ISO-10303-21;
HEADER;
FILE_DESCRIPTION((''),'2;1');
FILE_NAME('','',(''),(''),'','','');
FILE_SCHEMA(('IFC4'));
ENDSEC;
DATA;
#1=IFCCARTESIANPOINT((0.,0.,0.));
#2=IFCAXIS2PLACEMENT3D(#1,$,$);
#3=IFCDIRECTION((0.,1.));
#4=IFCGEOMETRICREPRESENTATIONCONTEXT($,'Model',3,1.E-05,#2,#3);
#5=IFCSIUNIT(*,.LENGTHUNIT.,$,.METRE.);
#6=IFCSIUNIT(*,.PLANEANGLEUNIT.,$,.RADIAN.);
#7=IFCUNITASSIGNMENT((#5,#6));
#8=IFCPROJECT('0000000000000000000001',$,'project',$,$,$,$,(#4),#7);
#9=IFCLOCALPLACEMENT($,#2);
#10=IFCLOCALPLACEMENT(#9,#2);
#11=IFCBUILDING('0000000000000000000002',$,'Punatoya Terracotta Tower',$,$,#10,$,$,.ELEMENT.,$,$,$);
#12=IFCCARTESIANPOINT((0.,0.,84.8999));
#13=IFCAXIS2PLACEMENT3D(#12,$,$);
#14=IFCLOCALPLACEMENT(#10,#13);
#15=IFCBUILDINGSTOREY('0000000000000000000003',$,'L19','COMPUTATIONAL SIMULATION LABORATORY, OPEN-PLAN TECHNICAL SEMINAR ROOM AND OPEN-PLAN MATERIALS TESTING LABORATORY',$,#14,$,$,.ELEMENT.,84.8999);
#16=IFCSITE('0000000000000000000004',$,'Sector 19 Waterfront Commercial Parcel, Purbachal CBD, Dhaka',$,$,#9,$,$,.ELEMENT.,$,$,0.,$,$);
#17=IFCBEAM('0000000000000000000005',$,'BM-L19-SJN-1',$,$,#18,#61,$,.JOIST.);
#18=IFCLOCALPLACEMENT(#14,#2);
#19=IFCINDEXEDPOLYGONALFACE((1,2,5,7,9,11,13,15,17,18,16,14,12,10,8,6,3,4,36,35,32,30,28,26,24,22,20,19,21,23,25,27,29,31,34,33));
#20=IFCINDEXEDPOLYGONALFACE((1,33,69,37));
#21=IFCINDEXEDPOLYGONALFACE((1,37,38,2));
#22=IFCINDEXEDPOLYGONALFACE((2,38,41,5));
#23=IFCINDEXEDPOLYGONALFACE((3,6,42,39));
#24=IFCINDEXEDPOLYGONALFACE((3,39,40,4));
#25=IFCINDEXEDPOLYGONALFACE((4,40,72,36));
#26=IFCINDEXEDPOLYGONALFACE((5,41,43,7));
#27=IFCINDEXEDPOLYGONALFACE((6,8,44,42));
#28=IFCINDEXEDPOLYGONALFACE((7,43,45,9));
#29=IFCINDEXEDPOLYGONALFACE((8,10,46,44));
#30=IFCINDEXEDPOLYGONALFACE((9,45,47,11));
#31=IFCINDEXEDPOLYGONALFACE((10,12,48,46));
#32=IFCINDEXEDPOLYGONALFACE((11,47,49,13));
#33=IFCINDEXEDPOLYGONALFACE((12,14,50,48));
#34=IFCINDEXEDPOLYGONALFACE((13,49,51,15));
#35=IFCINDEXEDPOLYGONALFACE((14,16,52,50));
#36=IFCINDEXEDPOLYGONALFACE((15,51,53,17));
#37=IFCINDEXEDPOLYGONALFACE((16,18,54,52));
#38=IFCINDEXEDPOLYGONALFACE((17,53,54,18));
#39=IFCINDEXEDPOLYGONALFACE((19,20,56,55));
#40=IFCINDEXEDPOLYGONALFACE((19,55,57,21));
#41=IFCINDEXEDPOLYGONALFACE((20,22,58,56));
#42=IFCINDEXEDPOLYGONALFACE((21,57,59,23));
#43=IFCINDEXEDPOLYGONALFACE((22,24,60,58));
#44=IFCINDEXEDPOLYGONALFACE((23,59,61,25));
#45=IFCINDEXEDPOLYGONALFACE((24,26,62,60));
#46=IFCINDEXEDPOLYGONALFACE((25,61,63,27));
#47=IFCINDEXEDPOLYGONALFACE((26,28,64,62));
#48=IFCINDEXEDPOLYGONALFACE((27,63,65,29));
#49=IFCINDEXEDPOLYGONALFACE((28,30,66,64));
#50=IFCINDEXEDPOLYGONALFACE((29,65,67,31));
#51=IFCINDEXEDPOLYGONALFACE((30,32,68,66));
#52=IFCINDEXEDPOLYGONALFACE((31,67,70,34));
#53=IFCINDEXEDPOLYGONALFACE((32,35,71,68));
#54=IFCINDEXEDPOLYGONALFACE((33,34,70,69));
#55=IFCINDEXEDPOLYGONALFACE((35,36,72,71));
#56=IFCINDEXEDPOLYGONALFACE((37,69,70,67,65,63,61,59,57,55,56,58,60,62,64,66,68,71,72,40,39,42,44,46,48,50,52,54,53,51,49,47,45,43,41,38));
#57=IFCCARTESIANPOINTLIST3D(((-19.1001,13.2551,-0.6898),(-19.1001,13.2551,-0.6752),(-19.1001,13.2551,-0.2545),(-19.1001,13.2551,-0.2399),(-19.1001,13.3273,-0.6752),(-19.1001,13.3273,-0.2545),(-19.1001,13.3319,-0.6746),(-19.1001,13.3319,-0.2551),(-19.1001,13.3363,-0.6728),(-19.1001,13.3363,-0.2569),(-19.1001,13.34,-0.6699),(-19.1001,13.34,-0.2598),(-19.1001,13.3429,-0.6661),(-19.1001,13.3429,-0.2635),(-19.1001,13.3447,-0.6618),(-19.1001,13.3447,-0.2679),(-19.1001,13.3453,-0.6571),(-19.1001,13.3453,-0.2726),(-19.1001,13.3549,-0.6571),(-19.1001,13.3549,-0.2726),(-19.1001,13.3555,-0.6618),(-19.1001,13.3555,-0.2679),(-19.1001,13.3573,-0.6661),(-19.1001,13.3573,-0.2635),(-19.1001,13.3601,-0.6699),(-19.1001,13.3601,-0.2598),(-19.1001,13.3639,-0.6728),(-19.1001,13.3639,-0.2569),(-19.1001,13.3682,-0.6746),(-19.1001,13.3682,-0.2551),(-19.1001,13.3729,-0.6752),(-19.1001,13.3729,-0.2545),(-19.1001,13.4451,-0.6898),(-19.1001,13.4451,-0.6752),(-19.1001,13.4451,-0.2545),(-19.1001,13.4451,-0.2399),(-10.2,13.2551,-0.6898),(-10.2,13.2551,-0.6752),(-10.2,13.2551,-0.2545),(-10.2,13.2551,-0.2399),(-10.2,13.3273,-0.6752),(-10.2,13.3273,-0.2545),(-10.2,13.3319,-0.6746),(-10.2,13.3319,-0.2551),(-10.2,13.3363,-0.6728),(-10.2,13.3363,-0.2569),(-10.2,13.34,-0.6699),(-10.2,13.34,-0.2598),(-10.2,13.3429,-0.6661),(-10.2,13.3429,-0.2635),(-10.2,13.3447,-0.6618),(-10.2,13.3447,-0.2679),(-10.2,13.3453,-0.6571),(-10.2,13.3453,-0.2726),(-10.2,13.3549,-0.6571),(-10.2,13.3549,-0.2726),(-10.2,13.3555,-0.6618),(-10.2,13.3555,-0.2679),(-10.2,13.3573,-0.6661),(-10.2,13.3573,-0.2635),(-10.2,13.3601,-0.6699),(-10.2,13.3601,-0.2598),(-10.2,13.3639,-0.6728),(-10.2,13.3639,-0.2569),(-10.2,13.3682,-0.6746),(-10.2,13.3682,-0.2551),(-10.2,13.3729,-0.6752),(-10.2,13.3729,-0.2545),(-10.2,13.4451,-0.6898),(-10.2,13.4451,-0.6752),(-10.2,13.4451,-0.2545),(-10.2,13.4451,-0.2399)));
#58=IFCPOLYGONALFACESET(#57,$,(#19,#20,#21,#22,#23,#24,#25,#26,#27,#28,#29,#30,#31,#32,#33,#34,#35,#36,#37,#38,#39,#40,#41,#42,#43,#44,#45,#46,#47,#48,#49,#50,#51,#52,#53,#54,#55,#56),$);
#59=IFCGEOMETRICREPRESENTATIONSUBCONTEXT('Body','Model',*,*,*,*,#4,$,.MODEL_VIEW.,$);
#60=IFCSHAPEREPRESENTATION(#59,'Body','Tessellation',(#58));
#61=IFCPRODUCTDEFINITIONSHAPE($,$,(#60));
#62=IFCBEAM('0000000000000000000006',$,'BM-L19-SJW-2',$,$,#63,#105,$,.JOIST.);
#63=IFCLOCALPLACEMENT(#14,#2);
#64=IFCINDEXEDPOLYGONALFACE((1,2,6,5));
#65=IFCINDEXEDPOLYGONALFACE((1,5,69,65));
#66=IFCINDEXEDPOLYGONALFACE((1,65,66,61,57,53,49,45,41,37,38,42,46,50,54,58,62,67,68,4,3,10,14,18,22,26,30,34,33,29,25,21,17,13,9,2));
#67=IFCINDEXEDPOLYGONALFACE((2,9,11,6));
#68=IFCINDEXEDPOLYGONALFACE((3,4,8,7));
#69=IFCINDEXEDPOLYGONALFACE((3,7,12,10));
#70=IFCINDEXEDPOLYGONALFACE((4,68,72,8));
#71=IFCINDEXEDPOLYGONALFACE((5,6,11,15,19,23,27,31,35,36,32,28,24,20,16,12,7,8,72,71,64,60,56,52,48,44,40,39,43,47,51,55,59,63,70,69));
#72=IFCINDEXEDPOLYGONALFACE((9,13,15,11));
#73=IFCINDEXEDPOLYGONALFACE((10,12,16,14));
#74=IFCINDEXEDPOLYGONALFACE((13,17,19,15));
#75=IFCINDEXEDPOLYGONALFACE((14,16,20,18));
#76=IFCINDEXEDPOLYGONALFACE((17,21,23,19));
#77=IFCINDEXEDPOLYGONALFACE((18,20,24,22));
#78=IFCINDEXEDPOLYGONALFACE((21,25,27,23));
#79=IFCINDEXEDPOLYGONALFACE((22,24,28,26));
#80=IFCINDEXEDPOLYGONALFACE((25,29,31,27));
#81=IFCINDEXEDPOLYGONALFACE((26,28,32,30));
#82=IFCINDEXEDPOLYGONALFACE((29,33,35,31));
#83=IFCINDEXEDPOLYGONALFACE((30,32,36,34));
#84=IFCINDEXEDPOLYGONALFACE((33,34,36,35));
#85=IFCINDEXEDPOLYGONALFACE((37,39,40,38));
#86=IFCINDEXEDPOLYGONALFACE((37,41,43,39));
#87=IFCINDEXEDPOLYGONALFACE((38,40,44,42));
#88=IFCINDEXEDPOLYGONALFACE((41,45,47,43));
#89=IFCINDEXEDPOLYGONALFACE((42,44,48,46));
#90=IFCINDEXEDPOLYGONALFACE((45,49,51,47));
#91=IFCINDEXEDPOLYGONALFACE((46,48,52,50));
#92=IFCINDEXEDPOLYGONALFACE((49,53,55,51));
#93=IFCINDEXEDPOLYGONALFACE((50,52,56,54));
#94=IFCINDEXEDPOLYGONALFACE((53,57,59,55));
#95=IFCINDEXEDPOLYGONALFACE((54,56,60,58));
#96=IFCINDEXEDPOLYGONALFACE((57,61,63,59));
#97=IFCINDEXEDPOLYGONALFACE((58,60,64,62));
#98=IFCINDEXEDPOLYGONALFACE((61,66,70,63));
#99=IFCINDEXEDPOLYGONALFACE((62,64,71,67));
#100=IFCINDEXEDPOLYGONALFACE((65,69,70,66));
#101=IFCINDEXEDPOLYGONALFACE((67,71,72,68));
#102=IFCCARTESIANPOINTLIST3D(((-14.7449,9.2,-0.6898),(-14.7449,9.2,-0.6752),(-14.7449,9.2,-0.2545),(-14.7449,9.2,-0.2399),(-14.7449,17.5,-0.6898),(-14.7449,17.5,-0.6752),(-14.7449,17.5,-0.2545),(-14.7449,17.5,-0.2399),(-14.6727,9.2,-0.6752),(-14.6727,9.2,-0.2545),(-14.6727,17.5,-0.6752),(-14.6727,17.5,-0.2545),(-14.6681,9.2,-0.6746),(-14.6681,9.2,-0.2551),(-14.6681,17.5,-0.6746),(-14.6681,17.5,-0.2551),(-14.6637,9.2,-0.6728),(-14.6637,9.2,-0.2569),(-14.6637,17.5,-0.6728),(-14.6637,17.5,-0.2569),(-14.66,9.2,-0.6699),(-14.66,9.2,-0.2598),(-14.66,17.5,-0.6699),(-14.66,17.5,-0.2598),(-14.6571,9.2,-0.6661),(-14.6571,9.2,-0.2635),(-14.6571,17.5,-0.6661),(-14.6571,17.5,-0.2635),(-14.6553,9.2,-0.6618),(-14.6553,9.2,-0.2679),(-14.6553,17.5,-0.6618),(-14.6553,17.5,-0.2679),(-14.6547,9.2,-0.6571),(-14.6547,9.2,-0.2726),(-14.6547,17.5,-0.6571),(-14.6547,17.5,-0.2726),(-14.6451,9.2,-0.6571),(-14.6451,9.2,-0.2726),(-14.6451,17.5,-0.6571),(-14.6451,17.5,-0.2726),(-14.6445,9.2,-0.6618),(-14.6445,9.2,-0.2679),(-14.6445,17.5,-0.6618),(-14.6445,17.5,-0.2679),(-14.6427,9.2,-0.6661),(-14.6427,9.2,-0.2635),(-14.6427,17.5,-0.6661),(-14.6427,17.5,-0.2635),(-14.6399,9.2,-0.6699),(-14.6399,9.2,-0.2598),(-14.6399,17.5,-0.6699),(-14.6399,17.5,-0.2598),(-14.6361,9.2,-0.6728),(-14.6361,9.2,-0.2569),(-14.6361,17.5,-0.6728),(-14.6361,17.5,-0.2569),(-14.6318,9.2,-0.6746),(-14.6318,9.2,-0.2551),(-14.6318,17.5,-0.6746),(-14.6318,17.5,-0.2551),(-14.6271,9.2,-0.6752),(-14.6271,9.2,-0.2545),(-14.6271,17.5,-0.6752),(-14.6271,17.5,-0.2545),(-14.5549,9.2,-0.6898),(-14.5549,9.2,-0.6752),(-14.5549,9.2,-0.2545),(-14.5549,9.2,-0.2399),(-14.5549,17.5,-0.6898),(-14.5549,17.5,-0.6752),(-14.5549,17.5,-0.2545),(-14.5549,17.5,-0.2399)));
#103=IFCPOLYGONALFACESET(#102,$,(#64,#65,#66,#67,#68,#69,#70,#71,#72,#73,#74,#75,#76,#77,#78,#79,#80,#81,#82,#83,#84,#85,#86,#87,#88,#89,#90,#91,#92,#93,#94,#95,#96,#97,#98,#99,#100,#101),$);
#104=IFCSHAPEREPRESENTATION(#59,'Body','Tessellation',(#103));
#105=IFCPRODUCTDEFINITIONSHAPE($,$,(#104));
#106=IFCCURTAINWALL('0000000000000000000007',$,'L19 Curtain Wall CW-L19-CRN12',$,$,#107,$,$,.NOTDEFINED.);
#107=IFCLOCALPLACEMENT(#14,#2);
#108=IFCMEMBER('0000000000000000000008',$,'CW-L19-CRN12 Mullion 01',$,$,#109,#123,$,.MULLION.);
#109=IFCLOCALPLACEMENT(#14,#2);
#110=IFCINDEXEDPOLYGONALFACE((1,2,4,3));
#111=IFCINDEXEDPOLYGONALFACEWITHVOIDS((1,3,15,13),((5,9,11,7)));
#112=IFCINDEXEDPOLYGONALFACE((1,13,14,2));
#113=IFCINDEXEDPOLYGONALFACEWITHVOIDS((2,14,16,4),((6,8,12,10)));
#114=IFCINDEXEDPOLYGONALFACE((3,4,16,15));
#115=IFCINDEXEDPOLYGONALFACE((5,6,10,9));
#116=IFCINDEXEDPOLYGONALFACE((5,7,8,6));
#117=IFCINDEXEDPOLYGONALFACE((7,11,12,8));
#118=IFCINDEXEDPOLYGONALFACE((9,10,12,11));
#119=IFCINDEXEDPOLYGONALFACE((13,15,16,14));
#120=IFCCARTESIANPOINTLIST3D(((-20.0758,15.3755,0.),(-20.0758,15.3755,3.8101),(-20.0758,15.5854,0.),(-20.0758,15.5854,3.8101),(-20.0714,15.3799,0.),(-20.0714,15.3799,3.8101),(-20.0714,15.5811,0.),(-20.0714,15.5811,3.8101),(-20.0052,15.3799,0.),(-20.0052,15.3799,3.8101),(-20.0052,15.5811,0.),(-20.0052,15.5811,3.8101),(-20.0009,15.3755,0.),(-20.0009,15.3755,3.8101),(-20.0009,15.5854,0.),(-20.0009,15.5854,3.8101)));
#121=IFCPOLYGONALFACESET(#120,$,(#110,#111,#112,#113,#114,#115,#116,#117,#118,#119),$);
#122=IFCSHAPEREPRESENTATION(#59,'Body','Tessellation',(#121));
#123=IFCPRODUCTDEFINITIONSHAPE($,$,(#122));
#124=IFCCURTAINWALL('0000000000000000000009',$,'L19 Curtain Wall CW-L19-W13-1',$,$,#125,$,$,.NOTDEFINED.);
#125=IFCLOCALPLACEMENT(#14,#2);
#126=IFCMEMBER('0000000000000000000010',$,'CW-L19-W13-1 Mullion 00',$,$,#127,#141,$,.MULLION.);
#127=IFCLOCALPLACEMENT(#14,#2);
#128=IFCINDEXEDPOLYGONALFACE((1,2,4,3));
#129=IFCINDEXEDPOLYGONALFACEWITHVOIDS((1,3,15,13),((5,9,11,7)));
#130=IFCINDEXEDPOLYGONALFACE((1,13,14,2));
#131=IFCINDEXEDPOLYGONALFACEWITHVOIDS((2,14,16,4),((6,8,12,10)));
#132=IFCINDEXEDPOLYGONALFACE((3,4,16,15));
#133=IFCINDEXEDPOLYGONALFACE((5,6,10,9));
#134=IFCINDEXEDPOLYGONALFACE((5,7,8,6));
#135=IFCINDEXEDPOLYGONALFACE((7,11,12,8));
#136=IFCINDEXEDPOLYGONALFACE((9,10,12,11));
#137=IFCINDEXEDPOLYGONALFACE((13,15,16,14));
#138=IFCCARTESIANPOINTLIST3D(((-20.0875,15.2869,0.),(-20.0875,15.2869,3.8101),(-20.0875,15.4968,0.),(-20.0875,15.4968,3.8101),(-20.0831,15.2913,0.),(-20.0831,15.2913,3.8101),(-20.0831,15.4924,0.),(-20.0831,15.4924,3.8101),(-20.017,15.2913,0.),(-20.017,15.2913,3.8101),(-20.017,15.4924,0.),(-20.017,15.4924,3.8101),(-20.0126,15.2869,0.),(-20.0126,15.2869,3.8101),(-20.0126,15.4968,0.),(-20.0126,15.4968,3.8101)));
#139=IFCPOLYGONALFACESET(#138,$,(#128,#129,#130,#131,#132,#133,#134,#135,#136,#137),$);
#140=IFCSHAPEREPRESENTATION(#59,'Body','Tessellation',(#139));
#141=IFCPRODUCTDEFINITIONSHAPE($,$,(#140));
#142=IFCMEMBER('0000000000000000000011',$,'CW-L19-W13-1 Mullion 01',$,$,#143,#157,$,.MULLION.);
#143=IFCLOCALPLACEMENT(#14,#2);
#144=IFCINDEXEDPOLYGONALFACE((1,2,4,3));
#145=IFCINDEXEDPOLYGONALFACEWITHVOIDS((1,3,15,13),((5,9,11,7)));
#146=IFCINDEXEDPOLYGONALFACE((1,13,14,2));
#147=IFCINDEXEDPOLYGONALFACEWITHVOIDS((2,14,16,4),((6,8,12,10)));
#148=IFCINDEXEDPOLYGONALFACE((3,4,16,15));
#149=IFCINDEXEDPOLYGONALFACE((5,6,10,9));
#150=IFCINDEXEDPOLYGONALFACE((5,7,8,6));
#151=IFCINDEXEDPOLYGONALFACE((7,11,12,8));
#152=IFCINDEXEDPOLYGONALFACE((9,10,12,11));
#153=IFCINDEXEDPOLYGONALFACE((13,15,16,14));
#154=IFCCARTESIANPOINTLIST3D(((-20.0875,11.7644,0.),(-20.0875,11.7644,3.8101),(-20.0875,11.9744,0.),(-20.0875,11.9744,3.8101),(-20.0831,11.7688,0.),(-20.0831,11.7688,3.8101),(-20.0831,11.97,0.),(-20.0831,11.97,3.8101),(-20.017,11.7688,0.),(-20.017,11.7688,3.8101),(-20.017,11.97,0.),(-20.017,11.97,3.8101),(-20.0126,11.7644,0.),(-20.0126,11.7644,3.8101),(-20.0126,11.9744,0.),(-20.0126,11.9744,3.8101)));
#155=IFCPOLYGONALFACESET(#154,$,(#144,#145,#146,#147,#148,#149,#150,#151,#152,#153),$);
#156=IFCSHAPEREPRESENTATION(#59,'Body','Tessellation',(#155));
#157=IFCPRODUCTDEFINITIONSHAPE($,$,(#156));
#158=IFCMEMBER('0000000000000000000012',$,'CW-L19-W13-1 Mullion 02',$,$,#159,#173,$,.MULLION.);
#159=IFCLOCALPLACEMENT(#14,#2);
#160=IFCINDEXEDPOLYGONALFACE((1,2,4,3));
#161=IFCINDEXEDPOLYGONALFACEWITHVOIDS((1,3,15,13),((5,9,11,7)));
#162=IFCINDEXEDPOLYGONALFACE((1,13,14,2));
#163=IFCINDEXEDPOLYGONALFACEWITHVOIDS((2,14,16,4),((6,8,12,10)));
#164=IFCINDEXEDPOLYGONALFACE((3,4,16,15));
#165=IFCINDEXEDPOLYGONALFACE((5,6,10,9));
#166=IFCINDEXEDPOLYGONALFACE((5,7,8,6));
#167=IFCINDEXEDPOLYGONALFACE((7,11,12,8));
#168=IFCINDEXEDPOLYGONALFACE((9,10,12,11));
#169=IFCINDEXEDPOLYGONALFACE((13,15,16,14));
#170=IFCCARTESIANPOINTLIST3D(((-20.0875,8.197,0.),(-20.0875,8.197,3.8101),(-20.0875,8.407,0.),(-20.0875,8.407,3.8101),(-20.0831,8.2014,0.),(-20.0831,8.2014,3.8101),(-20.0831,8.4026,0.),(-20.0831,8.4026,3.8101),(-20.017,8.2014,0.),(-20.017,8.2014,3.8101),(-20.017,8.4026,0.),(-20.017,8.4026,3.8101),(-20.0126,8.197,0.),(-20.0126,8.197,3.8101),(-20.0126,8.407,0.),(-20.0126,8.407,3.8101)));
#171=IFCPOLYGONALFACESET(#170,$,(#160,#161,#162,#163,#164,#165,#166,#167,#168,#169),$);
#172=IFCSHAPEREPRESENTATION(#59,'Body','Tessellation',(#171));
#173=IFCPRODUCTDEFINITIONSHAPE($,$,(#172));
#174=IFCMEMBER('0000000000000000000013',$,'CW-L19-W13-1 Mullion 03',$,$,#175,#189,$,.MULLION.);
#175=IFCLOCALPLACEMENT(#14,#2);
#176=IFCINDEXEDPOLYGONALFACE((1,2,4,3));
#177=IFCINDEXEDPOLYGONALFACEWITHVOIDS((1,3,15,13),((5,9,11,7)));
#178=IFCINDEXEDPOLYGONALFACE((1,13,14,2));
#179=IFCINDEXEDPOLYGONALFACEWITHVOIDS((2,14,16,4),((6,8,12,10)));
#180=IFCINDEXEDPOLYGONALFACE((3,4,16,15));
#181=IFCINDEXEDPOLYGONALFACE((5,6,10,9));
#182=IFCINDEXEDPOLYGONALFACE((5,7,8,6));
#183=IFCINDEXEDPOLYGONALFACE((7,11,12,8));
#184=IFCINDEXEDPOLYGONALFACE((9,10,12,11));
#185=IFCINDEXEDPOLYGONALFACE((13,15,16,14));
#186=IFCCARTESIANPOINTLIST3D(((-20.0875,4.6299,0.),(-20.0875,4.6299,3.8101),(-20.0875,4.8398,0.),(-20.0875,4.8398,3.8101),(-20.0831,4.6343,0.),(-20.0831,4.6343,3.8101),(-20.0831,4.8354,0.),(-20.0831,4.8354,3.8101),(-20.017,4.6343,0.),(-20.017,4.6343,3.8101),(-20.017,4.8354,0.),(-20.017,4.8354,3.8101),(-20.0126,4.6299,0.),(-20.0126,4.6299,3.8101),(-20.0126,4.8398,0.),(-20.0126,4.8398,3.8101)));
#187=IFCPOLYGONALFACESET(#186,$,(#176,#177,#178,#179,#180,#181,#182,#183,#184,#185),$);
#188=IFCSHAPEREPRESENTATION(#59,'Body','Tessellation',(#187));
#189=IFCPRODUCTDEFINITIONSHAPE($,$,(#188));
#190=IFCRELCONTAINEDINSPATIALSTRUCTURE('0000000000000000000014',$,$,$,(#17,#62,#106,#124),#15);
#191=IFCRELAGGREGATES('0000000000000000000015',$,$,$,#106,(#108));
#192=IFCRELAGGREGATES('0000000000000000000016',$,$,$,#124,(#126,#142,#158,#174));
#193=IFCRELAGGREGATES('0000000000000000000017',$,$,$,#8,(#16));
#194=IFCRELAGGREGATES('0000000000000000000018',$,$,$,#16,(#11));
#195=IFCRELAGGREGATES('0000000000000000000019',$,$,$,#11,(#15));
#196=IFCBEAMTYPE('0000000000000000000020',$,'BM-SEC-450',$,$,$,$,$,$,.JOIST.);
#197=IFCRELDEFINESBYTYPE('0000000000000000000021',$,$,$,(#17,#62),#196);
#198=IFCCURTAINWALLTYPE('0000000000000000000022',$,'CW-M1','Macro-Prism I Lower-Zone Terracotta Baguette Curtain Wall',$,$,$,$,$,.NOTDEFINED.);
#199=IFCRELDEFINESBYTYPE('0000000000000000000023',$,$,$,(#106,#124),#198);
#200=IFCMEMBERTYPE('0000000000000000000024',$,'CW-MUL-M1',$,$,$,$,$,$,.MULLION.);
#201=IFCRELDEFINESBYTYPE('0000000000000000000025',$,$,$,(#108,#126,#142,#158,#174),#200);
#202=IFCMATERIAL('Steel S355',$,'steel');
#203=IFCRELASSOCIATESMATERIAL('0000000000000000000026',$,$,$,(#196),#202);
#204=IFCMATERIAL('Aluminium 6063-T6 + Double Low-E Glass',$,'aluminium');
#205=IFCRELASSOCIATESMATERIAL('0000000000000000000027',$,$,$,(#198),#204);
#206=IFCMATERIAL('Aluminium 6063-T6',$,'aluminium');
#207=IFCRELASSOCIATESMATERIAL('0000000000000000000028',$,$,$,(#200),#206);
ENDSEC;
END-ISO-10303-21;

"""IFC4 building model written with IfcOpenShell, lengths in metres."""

from ifc_helpers import new_model, si_unit, direction, frame, origin, origin_2d, place, context, subcontext, project, spatial, hollow_rectangle, i_section, extrude, material, material_profile, profile_set, type_object, element, aggregate, save


model = new_model("IFC4")

# Units and contexts
model_context = context("Model", 3, precision=1e-05, world=origin(), true_north=direction((0.0, 1.0)))
body_context = subcontext(model_context, "Body", "Model", "MODEL_VIEW")
ifc_project = project(units=[si_unit("LENGTHUNIT", "METRE"), si_unit("PLANEANGLEUNIT", "RADIAN")], contexts=[model_context])

# Site, building, storey
site_placement = place(None, origin())
site = spatial("IfcSite", under=ifc_project, at=site_placement, Name="Sector 19 Waterfront Commercial Parcel, Purbachal CBD, Dhaka", CompositionType="ELEMENT", RefElevation=0.0)
building_placement = place(site_placement, origin())
building = spatial("IfcBuilding", under=site, at=building_placement, Name="Punatoya Terracotta Tower", CompositionType="ELEMENT")
storey_placement = place(building_placement, frame((0.0, 0.0, 84.8999)))
storey = spatial("IfcBuildingStorey", under=building, at=storey_placement, Name="L19", Description="COMPUTATIONAL SIMULATION LABORATORY, OPEN-PLAN TECHNICAL SEMINAR ROOM AND OPEN-PLAN MATERIALS TESTING LABORATORY", CompositionType="ELEMENT", Elevation=84.8999)

# Beams
ifc_material_1 = material(Name="Steel S355", Category="steel")
ifc_material_profile_1 = material_profile(ifc_material_1, i_section(OverallWidth=0.1899, OverallDepth=0.45, WebThickness=0.0095, FlangeThickness=0.0146, FilletRadius=0.0181, at=origin_2d()))
ifc_profile_set_1 = profile_set([ifc_material_profile_1], Name="Steel S355")
beam_type_1 = type_object("IfcBeamType", Name="BM-SEC-450", PredefinedType="JOIST", material=ifc_profile_set_1)
beam_1_placement = place(storey_placement, frame((-19.1001, 13.3501, -0.4648), z_axis=(1.0, 0.0, 0.0), x_axis=(0.0, 1.0, 0.0)))
element("IfcBeam", 1, at=beam_1_placement, inside=storey, type_object=beam_type_1, Name="BM-L19-SJN-1", PredefinedType="JOIST", context=body_context, shape_type="SweptSolid", body=[
    extrude(i_section(OverallWidth=0.1899, OverallDepth=0.45, WebThickness=0.0095, FlangeThickness=0.0146, FilletRadius=0.0181, at=origin_2d()), origin(), (0.0, 0.0, 1.0), 8.9001),
])
beam_2_placement = place(storey_placement, frame((-14.6499, 9.2, -0.4648), z_axis=(0.0, 1.0, 0.0), x_axis=(-1.0, 0.0, 0.0)))
element("IfcBeam", 2, at=beam_2_placement, inside=storey, type_object=beam_type_1, Name="BM-L19-SJW-2", PredefinedType="JOIST", context=body_context, shape_type="SweptSolid", body=[
    extrude(i_section(OverallWidth=0.1899, OverallDepth=0.45, WebThickness=0.0095, FlangeThickness=0.0146, FilletRadius=0.0181, at=origin_2d()), origin(), (0.0, 0.0, 1.0), 8.3),
])

# Curtain wall, member
ifc_material_2 = material(Name="Aluminium 6063-T6 + Double Low-E Glass", Category="aluminium")
curtain_wall_type = type_object("IfcCurtainWallType", Name="CW-M1", Description="Macro-Prism I Lower-Zone Terracotta Baguette Curtain Wall", PredefinedType="NOTDEFINED", material=ifc_material_2)
curtain_wall_1_placement = place(storey_placement, origin())
curtain_wall_1 = element("IfcCurtainWall", 3, at=curtain_wall_1_placement, inside=storey, type_object=curtain_wall_type, Name="L19 Curtain Wall CW-L19-CRN12", PredefinedType="NOTDEFINED")
ifc_material_3 = material(Name="Aluminium 6063-T6", Category="aluminium")
ifc_material_profile_2 = material_profile(ifc_material_3, hollow_rectangle(XDim=0.075, YDim=0.21, WallThickness=0.0044, at=origin_2d()))
ifc_profile_set_2 = profile_set([ifc_material_profile_2], Name="Aluminium 6063-T6")
member_type_1 = type_object("IfcMemberType", Name="CW-MUL-M1", PredefinedType="MULLION", material=ifc_profile_set_2)
member_1_placement = place(storey_placement, frame((-20.0383, 15.4805, 0.0), z_axis=(0.0, 0.0, 1.0), x_axis=(1.0, 0.0, 0.0)))
member_1 = element("IfcMember", 4, at=member_1_placement, type_object=member_type_1, Name="CW-L19-CRN12 Mullion 01", PredefinedType="MULLION", context=body_context, shape_type="SweptSolid", body=[
    extrude(hollow_rectangle(XDim=0.075, YDim=0.21, WallThickness=0.0044, at=origin_2d()), origin(), (0.0, 0.0, 1.0), 3.8101),
])
aggregate(curtain_wall_1, [member_1])

# Curtain wall, members
curtain_wall_2_placement = place(storey_placement, origin())
curtain_wall_2 = element("IfcCurtainWall", 5, at=curtain_wall_2_placement, inside=storey, type_object=curtain_wall_type, Name="L19 Curtain Wall CW-L19-W13-1", PredefinedType="NOTDEFINED")
member_2_placement = place(storey_placement, frame((-20.05, 15.3918, 0.0), z_axis=(0.0, 0.0, 1.0), x_axis=(1.0, 0.0, 0.0)))
member_2 = element("IfcMember", 6, at=member_2_placement, type_object=member_type_1, Name="CW-L19-W13-1 Mullion 00", PredefinedType="MULLION", context=body_context, shape_type="SweptSolid", body=[
    extrude(hollow_rectangle(XDim=0.075, YDim=0.21, WallThickness=0.0044, at=origin_2d()), origin(), (0.0, 0.0, 1.0), 3.8101),
])
member_3_placement = place(storey_placement, frame((-20.05, 11.8694, 0.0), z_axis=(0.0, 0.0, 1.0), x_axis=(1.0, 0.0, 0.0)))
member_3 = element("IfcMember", 7, at=member_3_placement, type_object=member_type_1, Name="CW-L19-W13-1 Mullion 01", PredefinedType="MULLION", context=body_context, shape_type="SweptSolid", body=[
    extrude(hollow_rectangle(XDim=0.075, YDim=0.21, WallThickness=0.0044, at=origin_2d()), origin(), (0.0, 0.0, 1.0), 3.8101),
])
member_4_placement = place(storey_placement, frame((-20.05, 8.302, 0.0), z_axis=(0.0, 0.0, 1.0), x_axis=(1.0, 0.0, 0.0)))
member_4 = element("IfcMember", 8, at=member_4_placement, type_object=member_type_1, Name="CW-L19-W13-1 Mullion 02", PredefinedType="MULLION", context=body_context, shape_type="SweptSolid", body=[
    extrude(hollow_rectangle(XDim=0.075, YDim=0.21, WallThickness=0.0044, at=origin_2d()), origin(), (0.0, 0.0, 1.0), 3.8101),
])
member_5_placement = place(storey_placement, frame((-20.05, 4.7349, 0.0), z_axis=(0.0, 0.0, 1.0), x_axis=(1.0, 0.0, 0.0)))
member_5 = element("IfcMember", 9, at=member_5_placement, type_object=member_type_1, Name="CW-L19-W13-1 Mullion 03", PredefinedType="MULLION", context=body_context, shape_type="SweptSolid", body=[
    extrude(hollow_rectangle(XDim=0.075, YDim=0.21, WallThickness=0.0044, at=origin_2d()), origin(), (0.0, 0.0, 1.0), 3.8101),
])
aggregate(curtain_wall_2, [member_2, member_3, member_4, member_5])

save(model, "model.ifc")
